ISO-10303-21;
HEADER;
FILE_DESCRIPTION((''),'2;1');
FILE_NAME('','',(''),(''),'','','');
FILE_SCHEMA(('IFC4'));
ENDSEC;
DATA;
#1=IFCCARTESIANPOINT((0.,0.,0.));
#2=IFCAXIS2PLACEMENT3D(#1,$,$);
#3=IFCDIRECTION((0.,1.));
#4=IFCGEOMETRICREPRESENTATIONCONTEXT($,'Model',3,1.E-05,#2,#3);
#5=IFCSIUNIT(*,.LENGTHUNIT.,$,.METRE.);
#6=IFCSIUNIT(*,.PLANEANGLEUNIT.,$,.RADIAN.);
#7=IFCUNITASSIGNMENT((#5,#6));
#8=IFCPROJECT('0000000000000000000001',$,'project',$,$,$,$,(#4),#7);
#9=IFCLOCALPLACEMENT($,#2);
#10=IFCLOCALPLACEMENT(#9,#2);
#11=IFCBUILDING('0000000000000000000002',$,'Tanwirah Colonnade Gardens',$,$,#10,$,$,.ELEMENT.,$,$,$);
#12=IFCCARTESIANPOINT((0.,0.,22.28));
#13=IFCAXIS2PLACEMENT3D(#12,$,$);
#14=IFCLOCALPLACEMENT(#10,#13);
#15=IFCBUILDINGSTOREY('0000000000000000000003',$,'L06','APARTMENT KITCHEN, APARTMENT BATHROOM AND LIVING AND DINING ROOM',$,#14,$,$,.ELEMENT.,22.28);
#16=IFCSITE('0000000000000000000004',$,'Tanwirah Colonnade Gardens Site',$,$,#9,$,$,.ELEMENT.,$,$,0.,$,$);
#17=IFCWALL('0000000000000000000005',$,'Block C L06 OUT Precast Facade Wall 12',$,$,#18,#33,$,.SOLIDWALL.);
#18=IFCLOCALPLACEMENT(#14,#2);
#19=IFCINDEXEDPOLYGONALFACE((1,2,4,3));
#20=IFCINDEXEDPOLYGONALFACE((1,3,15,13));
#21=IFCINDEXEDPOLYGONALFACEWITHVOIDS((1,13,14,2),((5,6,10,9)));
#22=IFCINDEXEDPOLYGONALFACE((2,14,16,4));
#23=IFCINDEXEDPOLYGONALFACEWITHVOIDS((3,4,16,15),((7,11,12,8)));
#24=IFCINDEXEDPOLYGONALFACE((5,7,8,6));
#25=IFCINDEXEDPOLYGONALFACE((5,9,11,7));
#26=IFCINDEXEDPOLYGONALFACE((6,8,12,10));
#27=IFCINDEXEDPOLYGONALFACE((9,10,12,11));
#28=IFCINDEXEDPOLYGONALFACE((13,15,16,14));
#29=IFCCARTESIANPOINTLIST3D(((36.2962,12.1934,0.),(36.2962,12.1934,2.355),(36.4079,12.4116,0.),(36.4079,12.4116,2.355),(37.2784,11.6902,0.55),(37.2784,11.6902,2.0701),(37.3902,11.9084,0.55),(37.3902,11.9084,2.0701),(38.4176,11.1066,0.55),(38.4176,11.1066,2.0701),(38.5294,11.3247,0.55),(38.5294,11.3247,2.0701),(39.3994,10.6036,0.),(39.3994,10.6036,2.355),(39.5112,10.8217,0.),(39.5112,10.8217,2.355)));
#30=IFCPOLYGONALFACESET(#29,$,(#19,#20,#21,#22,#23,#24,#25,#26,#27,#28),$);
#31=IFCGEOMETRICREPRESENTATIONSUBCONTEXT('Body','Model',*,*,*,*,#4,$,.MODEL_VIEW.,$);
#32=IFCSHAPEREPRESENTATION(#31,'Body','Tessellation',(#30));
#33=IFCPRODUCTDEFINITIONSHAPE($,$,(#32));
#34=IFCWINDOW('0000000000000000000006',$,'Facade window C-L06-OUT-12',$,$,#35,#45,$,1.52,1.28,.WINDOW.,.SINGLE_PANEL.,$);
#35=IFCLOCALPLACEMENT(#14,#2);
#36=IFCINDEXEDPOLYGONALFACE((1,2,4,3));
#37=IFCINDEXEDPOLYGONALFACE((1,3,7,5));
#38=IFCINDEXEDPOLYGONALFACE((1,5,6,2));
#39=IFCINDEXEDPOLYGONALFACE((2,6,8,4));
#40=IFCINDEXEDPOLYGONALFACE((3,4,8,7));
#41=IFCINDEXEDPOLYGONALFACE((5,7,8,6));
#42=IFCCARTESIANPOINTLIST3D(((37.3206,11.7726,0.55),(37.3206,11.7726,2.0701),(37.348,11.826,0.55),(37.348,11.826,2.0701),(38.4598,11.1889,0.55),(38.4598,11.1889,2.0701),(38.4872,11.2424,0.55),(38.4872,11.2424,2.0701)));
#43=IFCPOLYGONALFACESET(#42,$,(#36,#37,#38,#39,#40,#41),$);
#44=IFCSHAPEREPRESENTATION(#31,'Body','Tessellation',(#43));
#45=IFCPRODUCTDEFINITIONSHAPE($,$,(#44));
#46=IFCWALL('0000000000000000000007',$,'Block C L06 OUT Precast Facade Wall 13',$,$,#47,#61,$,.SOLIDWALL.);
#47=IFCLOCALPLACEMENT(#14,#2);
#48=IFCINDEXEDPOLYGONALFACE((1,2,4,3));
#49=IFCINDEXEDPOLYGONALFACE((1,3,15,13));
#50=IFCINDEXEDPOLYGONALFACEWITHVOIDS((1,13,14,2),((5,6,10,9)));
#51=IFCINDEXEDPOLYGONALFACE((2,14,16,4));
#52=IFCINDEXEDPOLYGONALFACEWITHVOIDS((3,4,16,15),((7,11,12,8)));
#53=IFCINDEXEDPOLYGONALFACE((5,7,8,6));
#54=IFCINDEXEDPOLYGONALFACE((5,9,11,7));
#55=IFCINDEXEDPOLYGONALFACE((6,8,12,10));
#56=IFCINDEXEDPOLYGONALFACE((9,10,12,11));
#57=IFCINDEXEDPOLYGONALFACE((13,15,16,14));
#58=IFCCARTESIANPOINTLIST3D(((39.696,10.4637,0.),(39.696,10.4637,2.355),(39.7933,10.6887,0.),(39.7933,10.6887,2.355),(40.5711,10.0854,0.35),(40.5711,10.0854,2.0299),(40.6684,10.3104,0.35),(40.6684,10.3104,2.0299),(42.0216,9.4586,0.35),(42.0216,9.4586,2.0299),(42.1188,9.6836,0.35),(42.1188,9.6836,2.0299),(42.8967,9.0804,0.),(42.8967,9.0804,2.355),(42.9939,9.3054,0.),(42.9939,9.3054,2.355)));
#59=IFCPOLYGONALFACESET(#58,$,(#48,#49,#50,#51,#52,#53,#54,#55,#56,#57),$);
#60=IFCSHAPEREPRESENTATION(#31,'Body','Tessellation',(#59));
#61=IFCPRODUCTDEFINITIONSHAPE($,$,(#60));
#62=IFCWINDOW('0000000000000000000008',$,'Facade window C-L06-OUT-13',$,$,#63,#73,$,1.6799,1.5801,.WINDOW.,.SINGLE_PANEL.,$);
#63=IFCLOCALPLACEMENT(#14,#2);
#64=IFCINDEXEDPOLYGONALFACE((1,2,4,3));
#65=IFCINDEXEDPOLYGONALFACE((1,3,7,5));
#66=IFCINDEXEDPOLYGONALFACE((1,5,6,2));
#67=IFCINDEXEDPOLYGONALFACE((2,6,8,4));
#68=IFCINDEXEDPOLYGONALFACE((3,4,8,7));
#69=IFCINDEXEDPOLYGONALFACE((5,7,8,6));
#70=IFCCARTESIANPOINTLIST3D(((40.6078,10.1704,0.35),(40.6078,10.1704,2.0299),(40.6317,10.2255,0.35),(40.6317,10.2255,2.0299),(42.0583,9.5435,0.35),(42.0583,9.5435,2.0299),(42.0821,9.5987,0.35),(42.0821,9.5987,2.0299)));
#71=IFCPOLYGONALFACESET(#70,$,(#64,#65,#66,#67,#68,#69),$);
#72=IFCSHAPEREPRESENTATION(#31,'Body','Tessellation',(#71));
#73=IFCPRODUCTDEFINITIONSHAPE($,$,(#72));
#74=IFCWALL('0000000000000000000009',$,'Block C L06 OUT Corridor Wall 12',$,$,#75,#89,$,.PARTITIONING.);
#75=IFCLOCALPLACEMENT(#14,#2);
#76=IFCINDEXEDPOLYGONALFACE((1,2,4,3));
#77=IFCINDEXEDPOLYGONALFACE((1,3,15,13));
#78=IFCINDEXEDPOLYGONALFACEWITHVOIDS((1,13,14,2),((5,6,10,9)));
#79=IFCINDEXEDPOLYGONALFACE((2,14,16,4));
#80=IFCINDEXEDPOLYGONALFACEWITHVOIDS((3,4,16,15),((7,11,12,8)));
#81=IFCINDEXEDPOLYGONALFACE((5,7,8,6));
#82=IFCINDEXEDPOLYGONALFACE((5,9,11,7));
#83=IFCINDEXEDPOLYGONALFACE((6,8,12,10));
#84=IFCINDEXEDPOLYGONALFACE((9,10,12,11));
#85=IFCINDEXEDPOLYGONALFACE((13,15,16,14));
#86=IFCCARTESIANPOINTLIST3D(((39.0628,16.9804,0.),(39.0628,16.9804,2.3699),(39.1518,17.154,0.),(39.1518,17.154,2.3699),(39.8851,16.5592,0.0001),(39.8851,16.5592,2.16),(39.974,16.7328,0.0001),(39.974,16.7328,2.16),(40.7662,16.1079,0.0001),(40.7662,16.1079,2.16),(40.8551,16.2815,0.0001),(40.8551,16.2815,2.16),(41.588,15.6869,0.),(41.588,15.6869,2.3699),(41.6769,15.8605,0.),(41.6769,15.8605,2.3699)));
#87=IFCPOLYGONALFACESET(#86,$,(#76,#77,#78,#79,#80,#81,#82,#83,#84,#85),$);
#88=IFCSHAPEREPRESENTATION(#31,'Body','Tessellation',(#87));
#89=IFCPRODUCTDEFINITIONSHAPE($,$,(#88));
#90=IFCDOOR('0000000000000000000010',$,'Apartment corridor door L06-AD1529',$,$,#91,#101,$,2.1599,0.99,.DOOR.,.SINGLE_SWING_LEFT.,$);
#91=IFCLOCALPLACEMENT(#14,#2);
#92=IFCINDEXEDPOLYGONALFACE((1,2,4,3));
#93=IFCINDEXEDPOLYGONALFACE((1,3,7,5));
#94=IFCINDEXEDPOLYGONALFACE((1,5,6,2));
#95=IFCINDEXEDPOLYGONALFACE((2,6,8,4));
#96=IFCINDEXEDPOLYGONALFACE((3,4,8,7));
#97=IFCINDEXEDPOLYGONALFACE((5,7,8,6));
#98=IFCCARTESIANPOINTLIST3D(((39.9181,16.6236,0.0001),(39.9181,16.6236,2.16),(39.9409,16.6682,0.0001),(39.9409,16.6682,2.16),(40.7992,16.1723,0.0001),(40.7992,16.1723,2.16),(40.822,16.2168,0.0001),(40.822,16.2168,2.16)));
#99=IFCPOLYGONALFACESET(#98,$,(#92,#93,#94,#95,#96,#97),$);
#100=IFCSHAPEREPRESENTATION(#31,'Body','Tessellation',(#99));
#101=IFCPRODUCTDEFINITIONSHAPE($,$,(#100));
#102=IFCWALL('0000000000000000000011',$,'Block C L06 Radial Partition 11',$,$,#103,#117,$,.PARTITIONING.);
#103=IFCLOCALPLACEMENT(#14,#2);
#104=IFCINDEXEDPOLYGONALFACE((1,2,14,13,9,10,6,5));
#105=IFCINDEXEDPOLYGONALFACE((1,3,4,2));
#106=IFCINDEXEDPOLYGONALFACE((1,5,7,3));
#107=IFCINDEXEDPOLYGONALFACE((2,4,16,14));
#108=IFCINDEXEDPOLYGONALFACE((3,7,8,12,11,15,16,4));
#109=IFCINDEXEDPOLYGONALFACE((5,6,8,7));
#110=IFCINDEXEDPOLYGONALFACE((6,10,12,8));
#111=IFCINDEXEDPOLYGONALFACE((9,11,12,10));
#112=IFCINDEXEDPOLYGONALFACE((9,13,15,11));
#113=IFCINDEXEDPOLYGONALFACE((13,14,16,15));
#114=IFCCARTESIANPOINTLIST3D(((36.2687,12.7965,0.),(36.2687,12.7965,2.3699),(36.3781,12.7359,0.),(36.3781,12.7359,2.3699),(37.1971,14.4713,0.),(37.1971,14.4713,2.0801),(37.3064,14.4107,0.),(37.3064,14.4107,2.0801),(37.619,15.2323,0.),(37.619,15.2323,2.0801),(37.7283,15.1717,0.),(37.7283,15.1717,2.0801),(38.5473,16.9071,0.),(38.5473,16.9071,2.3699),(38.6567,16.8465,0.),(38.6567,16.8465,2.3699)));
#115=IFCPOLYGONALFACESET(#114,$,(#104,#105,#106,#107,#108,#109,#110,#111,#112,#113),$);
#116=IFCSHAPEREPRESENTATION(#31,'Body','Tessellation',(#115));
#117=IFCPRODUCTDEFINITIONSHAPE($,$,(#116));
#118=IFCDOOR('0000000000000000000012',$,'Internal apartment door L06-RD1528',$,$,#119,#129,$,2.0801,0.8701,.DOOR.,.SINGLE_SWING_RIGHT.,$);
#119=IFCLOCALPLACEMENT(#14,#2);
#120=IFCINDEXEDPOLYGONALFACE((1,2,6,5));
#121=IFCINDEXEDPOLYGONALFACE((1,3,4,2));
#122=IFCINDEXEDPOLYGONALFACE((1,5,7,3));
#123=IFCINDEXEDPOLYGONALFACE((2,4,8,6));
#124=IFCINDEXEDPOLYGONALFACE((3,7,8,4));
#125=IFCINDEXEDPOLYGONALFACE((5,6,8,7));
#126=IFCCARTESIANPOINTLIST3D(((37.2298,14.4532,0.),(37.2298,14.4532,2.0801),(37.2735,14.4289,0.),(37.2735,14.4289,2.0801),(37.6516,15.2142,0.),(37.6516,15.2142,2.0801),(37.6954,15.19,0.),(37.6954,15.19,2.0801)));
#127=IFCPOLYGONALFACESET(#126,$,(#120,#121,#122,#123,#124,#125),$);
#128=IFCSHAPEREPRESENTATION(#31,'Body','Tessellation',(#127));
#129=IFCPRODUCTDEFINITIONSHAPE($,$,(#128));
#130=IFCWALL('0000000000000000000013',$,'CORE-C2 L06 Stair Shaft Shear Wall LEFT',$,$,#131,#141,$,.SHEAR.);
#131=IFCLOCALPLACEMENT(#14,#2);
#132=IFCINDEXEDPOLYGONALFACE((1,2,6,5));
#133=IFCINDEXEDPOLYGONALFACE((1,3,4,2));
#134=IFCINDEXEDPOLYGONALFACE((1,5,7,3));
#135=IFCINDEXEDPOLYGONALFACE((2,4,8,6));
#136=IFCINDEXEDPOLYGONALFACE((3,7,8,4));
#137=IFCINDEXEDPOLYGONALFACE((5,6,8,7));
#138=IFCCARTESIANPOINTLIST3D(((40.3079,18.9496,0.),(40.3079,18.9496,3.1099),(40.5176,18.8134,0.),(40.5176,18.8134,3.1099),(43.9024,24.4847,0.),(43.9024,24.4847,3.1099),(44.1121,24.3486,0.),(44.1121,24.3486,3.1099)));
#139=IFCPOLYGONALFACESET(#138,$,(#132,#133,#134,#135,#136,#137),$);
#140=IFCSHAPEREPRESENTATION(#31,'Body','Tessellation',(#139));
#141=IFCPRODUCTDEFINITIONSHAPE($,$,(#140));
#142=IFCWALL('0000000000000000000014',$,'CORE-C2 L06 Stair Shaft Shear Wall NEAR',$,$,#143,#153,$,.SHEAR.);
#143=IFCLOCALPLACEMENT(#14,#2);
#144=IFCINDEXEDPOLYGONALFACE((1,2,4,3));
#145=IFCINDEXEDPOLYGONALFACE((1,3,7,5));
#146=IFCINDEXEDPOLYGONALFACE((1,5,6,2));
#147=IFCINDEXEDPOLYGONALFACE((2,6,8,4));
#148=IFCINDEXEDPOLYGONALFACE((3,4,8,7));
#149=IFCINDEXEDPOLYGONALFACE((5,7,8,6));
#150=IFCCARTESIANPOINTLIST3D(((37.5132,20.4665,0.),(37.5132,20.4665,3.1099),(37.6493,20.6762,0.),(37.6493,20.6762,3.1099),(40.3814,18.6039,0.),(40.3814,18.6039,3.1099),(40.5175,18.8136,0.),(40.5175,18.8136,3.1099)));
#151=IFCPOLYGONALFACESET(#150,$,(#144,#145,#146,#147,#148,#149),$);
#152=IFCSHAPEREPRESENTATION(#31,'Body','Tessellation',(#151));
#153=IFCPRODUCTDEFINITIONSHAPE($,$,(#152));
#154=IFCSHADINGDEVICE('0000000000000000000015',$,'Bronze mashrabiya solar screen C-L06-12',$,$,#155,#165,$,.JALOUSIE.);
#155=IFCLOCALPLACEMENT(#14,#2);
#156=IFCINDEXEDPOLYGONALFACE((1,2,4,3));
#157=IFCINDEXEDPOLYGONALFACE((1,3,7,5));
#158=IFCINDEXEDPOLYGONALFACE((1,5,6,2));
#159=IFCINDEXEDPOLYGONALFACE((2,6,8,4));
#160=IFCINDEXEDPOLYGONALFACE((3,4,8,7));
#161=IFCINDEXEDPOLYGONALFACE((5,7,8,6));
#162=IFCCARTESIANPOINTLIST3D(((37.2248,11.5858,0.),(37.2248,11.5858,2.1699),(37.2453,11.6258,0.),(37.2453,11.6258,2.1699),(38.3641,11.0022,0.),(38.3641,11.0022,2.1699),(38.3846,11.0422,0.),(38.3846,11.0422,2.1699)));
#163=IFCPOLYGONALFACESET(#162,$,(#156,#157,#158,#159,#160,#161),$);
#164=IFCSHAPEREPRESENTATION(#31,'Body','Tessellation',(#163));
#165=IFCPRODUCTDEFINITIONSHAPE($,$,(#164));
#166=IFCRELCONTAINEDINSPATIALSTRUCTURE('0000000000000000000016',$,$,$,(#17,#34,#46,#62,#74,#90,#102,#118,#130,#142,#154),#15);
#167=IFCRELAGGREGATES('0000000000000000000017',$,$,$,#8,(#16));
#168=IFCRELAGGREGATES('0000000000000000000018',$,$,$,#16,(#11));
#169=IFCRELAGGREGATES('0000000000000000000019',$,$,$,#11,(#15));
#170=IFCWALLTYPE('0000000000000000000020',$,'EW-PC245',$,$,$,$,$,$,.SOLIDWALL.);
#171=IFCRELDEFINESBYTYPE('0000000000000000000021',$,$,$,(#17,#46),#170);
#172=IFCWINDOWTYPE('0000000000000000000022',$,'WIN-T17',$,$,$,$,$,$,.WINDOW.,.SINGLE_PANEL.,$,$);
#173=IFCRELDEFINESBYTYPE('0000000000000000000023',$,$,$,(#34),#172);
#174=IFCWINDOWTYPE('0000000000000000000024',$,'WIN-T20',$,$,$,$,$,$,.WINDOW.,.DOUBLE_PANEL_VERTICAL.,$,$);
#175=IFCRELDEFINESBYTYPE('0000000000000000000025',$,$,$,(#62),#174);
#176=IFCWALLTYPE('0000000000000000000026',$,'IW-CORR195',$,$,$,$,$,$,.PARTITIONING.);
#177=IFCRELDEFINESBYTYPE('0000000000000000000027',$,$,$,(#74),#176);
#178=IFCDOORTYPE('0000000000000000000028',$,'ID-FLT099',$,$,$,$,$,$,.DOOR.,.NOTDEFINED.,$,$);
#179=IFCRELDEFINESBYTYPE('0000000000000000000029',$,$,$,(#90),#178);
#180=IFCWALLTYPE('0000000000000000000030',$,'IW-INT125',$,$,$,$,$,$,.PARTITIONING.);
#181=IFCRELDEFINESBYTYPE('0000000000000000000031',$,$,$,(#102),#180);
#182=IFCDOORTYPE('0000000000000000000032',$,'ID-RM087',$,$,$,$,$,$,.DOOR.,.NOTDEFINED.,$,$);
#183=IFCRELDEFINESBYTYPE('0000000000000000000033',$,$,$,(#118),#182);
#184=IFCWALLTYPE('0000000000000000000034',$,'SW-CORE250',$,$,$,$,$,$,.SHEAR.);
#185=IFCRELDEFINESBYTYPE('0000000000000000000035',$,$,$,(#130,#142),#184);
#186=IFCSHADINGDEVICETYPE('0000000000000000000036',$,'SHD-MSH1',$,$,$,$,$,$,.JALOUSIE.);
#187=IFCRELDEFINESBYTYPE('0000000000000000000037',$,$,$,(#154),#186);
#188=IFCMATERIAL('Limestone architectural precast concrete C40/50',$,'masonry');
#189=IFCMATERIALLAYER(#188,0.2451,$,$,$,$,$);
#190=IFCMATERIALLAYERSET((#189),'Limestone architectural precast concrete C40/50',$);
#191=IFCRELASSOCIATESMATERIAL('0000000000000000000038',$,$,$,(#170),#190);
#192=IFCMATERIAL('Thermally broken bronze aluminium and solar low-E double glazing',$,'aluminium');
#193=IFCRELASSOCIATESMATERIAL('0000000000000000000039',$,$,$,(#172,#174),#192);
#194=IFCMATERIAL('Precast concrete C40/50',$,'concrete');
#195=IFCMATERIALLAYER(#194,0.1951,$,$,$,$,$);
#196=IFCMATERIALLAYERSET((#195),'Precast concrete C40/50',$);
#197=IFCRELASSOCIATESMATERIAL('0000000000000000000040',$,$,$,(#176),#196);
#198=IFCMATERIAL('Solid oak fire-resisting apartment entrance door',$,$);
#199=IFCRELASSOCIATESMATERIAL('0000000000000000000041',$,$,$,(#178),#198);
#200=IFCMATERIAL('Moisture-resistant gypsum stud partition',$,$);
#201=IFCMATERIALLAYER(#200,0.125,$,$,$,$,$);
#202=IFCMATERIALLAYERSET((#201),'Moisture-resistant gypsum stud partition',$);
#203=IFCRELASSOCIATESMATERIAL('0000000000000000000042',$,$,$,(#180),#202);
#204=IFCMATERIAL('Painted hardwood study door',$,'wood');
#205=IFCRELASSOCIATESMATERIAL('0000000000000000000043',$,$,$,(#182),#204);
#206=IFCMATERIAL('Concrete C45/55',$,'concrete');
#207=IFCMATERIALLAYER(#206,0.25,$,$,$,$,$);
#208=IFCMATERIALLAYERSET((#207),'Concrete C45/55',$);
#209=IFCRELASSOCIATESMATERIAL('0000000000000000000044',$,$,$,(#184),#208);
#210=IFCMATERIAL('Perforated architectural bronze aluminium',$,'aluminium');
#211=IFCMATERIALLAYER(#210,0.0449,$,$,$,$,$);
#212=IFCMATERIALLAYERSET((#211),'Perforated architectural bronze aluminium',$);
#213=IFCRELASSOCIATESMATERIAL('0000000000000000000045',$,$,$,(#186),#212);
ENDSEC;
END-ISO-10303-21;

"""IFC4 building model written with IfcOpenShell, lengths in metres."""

from ifc_helpers import new_model, si_unit, direction, frame, frame_2d, origin, origin_2d, place, context, subcontext, project, spatial, rectangle, extrude, material, layer, layer_set, type_object, element, fill, save


model = new_model("IFC4")

# Units and contexts
model_context = context("Model", 3, precision=1e-05, world=origin(), true_north=direction((0.0, 1.0)))
body_context = subcontext(model_context, "Body", "Model", "MODEL_VIEW")
ifc_project = project(units=[si_unit("LENGTHUNIT", "METRE"), si_unit("PLANEANGLEUNIT", "RADIAN")], contexts=[model_context])

# Site, building, storey
site_placement = place(None, origin())
site = spatial("IfcSite", under=ifc_project, at=site_placement, Name="Tanwirah Colonnade Gardens Site", CompositionType="ELEMENT", RefElevation=0.0)
building_placement = place(site_placement, origin())
building = spatial("IfcBuilding", under=site, at=building_placement, Name="Tanwirah Colonnade Gardens", CompositionType="ELEMENT")
storey_placement = place(building_placement, frame((0.0, 0.0, 22.28)))
storey = spatial("IfcBuildingStorey", under=building, at=storey_placement, Name="L06", Description="APARTMENT KITCHEN, APARTMENT BATHROOM AND LIVING AND DINING ROOM", CompositionType="ELEMENT", Elevation=22.28)

# Shared definitions
ifc_material_1 = material(Name="Precast concrete C40/50", Category="concrete")

# Walls, openings, windows
ifc_material_2 = material(Name="Limestone architectural precast concrete C40/50", Category="masonry")
ifc_layer_1 = layer(ifc_material_2, 0.2451)
ifc_layer_set_1 = layer_set([ifc_layer_1], Name="Limestone architectural precast concrete C40/50")
wall_type_1 = type_object("IfcWallType", Name="EW-PC245", PredefinedType="SOLIDWALL", material=ifc_layer_set_1)
wall_1_placement = place(storey_placement, frame((36.3521, 12.3025, 0.0), z_axis=(0.0, 0.0, 1.0), x_axis=(0.890001, -0.455958, 0.0)))
wall_1 = element("IfcWall", 1, at=wall_1_placement, inside=storey, type_object=wall_type_1, Name="Block C L06 OUT Precast Facade Wall 12", PredefinedType="SOLIDWALL", context=body_context, shape_type="SweptSolid", body=[
    extrude(rectangle(XDim=3.4868, YDim=0.2451, at=frame_2d((1.7434, 0.0))), origin(), (0.0, 0.0, 1.0), 2.355),
])
opening_1_placement = place(wall_1_placement, frame((1.1035, 0.0, 0.55)))
opening_1 = element("IfcOpeningElement", 2, at=opening_1_placement, cuts=wall_1, PredefinedType="OPENING", context=body_context, shape_type="SweptSolid", body=[
    extrude(rectangle(XDim=1.28, YDim=1.52, at=frame_2d((0.6401, 0.76))), frame((0.0, 0.1326, 0.0), z_axis=(0.0, -1.0, 0.0), x_axis=(1.0, 0.0, 0.0)), (0.0, 0.0, 1.0), 0.2651),
])
ifc_material_3 = material(Name="Thermally broken bronze aluminium and solar low-E double glazing", Category="aluminium")
window_type_1 = type_object("IfcWindowType", Name="WIN-T17", PartitioningType="SINGLE_PANEL", PredefinedType="WINDOW", material=ifc_material_3)
window_1_placement = place(opening_1_placement, origin())
window_1 = element("IfcWindow", 3, at=window_1_placement, inside=storey, type_object=window_type_1, Name="Facade window C-L06-OUT-12", OverallHeight=1.52, OverallWidth=1.28, PartitioningType="SINGLE_PANEL", PredefinedType="WINDOW", context=body_context, shape_type="SweptSolid", body=[
    extrude(rectangle(XDim=1.28, YDim=1.52, at=frame_2d((0.6401, 0.76))), frame((0.0, 0.03, 0.0), z_axis=(0.0, -1.0, 0.0), x_axis=(1.0, 0.0, 0.0)), (0.0, 0.0, 1.0), 0.0601),
])
fill(opening_1, window_1)
wall_2_placement = place(storey_placement, frame((39.7446, 10.5762, 0.0), z_axis=(0.0, 0.0, 1.0), x_axis=(0.917938, -0.396723, 0.0)))
wall_2 = element("IfcWall", 4, at=wall_2_placement, inside=storey, type_object=wall_type_1, Name="Block C L06 OUT Precast Facade Wall 13", PredefinedType="SOLIDWALL", context=body_context, shape_type="SweptSolid", body=[
    extrude(rectangle(XDim=3.4868, YDim=0.2451, at=frame_2d((1.7434, 0.0))), origin(), (0.0, 0.0, 1.0), 2.355),
])
opening_2_placement = place(wall_2_placement, frame((0.9534, 0.0, 0.3501)))
opening_2 = element("IfcOpeningElement", 5, at=opening_2_placement, cuts=wall_2, PredefinedType="OPENING", context=body_context, shape_type="SweptSolid", body=[
    extrude(rectangle(XDim=1.5801, YDim=1.6799, at=frame_2d((0.79, 0.8398))), frame((0.0, 0.1326, 0.0), z_axis=(0.0, -1.0, 0.0), x_axis=(1.0, 0.0, 0.0)), (0.0, 0.0, 1.0), 0.2651),
])
window_type_2 = type_object("IfcWindowType", Name="WIN-T20", PartitioningType="DOUBLE_PANEL_VERTICAL", PredefinedType="WINDOW", material=ifc_material_3)
window_2_placement = place(opening_2_placement, origin())
window_2 = element("IfcWindow", 6, at=window_2_placement, inside=storey, type_object=window_type_2, Name="Facade window C-L06-OUT-13", OverallHeight=1.6799, OverallWidth=1.5801, PartitioningType="SINGLE_PANEL", PredefinedType="WINDOW", context=body_context, shape_type="SweptSolid", body=[
    extrude(rectangle(XDim=1.5801, YDim=1.6799, at=frame_2d((0.79, 0.8398))), frame((0.0, 0.03, 0.0), z_axis=(0.0, -1.0, 0.0), x_axis=(1.0, 0.0, 0.0)), (0.0, 0.0, 1.0), 0.0601),
])
fill(opening_2, window_2)

# Walls, openings, doors
ifc_layer_2 = layer(ifc_material_1, 0.1951)
ifc_layer_set_2 = layer_set([ifc_layer_2], Name="Precast concrete C40/50")
wall_type_2 = type_object("IfcWallType", Name="IW-CORR195", PredefinedType="PARTITIONING", material=ifc_layer_set_2)
wall_3_placement = place(storey_placement, frame((39.1074, 17.0671, 0.0), z_axis=(0.0, 0.0, 1.0), x_axis=(0.890031, -0.455901, 0.0)))
wall_3 = element("IfcWall", 7, at=wall_3_placement, inside=storey, type_object=wall_type_2, Name="Block C L06 OUT Corridor Wall 12", PredefinedType="PARTITIONING", context=body_context, shape_type="SweptSolid", body=[
    extrude(rectangle(XDim=2.8372, YDim=0.1951, at=frame_2d((1.4185, 0.0))), origin(), (0.0, 0.0, 1.0), 2.3699),
])
opening_3_placement = place(wall_3_placement, frame((0.9236, 0.0, 0.0)))
opening_3 = element("IfcOpeningElement", 8, at=opening_3_placement, cuts=wall_3, PredefinedType="OPENING", context=body_context, shape_type="SweptSolid", body=[
    extrude(rectangle(XDim=0.99, YDim=2.1599, at=frame_2d((0.4951, 1.0801))), frame((0.0, 0.1074, 0.0), z_axis=(0.0, -1.0, 0.0), x_axis=(1.0, 0.0, 0.0)), (0.0, 0.0, 1.0), 0.2151),
])
ifc_material_4 = material(Name="Solid oak fire-resisting apartment entrance door")
door_type_1 = type_object("IfcDoorType", Name="ID-FLT099", OperationType="NOTDEFINED", PredefinedType="DOOR", material=ifc_material_4)
door_1_placement = place(opening_3_placement, origin())
door_1 = element("IfcDoor", 9, at=door_1_placement, inside=storey, type_object=door_type_1, Name="Apartment corridor door L06-AD1529", OperationType="SINGLE_SWING_LEFT", OverallHeight=2.1599, OverallWidth=0.99, PredefinedType="DOOR", context=body_context, shape_type="SweptSolid", body=[
    extrude(rectangle(XDim=0.99, YDim=2.1599, at=frame_2d((0.4951, 1.0801))), frame((0.0, 0.0249, 0.0), z_axis=(0.0, -1.0, 0.0), x_axis=(1.0, 0.0, 0.0)), (0.0, 0.0, 1.0), 0.05),
])
fill(opening_3, door_1)
ifc_material_5 = material(Name="Moisture-resistant gypsum stud partition")
ifc_layer_3 = layer(ifc_material_5, 0.125)
ifc_layer_set_3 = layer_set([ifc_layer_3], Name="Moisture-resistant gypsum stud partition")
wall_type_3 = type_object("IfcWallType", Name="IW-INT125", PredefinedType="PARTITIONING", material=ifc_layer_set_3)
wall_4_placement = place(storey_placement, frame((38.6021, 16.877, 0.0), z_axis=(0.0, 0.0, 1.0), x_axis=(-0.484814, -0.874618, 0.0)))
wall_4 = element("IfcWall", 10, at=wall_4_placement, inside=storey, type_object=wall_type_3, Name="Block C L06 Radial Partition 11", PredefinedType="PARTITIONING", context=body_context, shape_type="SweptSolid", body=[
    extrude(rectangle(XDim=4.7, YDim=0.125, at=frame_2d((2.3501, 0.0))), origin(), (0.0, 0.0, 1.0), 2.3699),
])
opening_4_placement = place(wall_4_placement, frame((1.915, 0.0, 0.0)))
opening_4 = element("IfcOpeningElement", 11, at=opening_4_placement, cuts=wall_4, PredefinedType="OPENING", context=body_context, shape_type="SweptSolid", body=[
    extrude(rectangle(XDim=0.8701, YDim=2.0801, at=frame_2d((0.4351, 1.04))), frame((0.0, 0.0725, 0.0), z_axis=(0.0, -1.0, 0.0), x_axis=(1.0, 0.0, 0.0)), (0.0, 0.0, 1.0), 0.145),
])
ifc_material_6 = material(Name="Painted hardwood study door", Category="wood")
door_type_2 = type_object("IfcDoorType", Name="ID-RM087", OperationType="NOTDEFINED", PredefinedType="DOOR", material=ifc_material_6)
door_2_placement = place(opening_4_placement, origin())
door_2 = element("IfcDoor", 12, at=door_2_placement, inside=storey, type_object=door_type_2, Name="Internal apartment door L06-RD1528", OperationType="SINGLE_SWING_RIGHT", OverallHeight=2.0801, OverallWidth=0.8701, PredefinedType="DOOR", context=body_context, shape_type="SweptSolid", body=[
    extrude(rectangle(XDim=0.8701, YDim=2.0801, at=frame_2d((0.4351, 1.04))), frame((0.0, 0.0249, 0.0), z_axis=(0.0, -1.0, 0.0), x_axis=(1.0, 0.0, 0.0)), (0.0, 0.0, 1.0), 0.05),
])
fill(opening_4, door_2)

# Walls
ifc_material_7 = material(Name="Concrete C45/55", Category="concrete")
ifc_layer_4 = layer(ifc_material_7, 0.25)
ifc_layer_set_4 = layer_set([ifc_layer_4], Name="Concrete C45/55")
wall_type_4 = type_object("IfcWallType", Name="SW-CORE250", PredefinedType="SHEAR", material=ifc_layer_set_4)
wall_5_placement = place(storey_placement, frame((40.4128, 18.8816, 0.0), z_axis=(0.0, 0.0, 1.0), x_axis=(0.544629, 0.838677, 0.0)))
element("IfcWall", 13, at=wall_5_placement, inside=storey, type_object=wall_type_4, Name="CORE-C2 L06 Stair Shaft Shear Wall LEFT", PredefinedType="SHEAR", context=body_context, shape_type="SweptSolid", body=[
    extrude(rectangle(XDim=6.5999, YDim=0.25, at=frame_2d((3.2998, 0.0))), origin(), (0.0, 0.0, 1.0), 3.1099),
])
wall_6_placement = place(storey_placement, frame((40.4495, 18.7087, 0.0), z_axis=(0.0, 0.0, 1.0), x_axis=(-0.838678, 0.544627, 0.0)))
element("IfcWall", 14, at=wall_6_placement, inside=storey, type_object=wall_type_4, Name="CORE-C2 L06 Stair Shaft Shear Wall NEAR", PredefinedType="SHEAR", context=body_context, shape_type="SweptSolid", body=[
    extrude(rectangle(XDim=3.4199, YDim=0.25, at=frame_2d((1.71, 0.0))), origin(), (0.0, 0.0, 1.0), 3.1099),
])

# Shading device
ifc_material_8 = material(Name="Perforated architectural bronze aluminium", Category="aluminium")
ifc_layer_5 = layer(ifc_material_8, 0.0449)
ifc_layer_set_5 = layer_set([ifc_layer_5], Name="Perforated architectural bronze aluminium")
shading_device_type = type_object("IfcShadingDeviceType", Name="SHD-MSH1", PredefinedType="JALOUSIE", material=ifc_layer_set_5)
shading_device_placement = place(storey_placement, frame((37.8047, 11.314, 0.0), z_axis=(0.0, 0.0, 1.0), x_axis=(0.890015, -0.455931, 0.0)))
element("IfcShadingDevice", 15, at=shading_device_placement, inside=storey, type_object=shading_device_type, Name="Bronze mashrabiya solar screen C-L06-12", PredefinedType="JALOUSIE", context=body_context, shape_type="SweptSolid", body=[
    extrude(rectangle(XDim=1.28, YDim=0.0449, at=origin_2d()), origin(), (0.0, 0.0, 1.0), 2.1699),
])

save(model, "model.ifc")
